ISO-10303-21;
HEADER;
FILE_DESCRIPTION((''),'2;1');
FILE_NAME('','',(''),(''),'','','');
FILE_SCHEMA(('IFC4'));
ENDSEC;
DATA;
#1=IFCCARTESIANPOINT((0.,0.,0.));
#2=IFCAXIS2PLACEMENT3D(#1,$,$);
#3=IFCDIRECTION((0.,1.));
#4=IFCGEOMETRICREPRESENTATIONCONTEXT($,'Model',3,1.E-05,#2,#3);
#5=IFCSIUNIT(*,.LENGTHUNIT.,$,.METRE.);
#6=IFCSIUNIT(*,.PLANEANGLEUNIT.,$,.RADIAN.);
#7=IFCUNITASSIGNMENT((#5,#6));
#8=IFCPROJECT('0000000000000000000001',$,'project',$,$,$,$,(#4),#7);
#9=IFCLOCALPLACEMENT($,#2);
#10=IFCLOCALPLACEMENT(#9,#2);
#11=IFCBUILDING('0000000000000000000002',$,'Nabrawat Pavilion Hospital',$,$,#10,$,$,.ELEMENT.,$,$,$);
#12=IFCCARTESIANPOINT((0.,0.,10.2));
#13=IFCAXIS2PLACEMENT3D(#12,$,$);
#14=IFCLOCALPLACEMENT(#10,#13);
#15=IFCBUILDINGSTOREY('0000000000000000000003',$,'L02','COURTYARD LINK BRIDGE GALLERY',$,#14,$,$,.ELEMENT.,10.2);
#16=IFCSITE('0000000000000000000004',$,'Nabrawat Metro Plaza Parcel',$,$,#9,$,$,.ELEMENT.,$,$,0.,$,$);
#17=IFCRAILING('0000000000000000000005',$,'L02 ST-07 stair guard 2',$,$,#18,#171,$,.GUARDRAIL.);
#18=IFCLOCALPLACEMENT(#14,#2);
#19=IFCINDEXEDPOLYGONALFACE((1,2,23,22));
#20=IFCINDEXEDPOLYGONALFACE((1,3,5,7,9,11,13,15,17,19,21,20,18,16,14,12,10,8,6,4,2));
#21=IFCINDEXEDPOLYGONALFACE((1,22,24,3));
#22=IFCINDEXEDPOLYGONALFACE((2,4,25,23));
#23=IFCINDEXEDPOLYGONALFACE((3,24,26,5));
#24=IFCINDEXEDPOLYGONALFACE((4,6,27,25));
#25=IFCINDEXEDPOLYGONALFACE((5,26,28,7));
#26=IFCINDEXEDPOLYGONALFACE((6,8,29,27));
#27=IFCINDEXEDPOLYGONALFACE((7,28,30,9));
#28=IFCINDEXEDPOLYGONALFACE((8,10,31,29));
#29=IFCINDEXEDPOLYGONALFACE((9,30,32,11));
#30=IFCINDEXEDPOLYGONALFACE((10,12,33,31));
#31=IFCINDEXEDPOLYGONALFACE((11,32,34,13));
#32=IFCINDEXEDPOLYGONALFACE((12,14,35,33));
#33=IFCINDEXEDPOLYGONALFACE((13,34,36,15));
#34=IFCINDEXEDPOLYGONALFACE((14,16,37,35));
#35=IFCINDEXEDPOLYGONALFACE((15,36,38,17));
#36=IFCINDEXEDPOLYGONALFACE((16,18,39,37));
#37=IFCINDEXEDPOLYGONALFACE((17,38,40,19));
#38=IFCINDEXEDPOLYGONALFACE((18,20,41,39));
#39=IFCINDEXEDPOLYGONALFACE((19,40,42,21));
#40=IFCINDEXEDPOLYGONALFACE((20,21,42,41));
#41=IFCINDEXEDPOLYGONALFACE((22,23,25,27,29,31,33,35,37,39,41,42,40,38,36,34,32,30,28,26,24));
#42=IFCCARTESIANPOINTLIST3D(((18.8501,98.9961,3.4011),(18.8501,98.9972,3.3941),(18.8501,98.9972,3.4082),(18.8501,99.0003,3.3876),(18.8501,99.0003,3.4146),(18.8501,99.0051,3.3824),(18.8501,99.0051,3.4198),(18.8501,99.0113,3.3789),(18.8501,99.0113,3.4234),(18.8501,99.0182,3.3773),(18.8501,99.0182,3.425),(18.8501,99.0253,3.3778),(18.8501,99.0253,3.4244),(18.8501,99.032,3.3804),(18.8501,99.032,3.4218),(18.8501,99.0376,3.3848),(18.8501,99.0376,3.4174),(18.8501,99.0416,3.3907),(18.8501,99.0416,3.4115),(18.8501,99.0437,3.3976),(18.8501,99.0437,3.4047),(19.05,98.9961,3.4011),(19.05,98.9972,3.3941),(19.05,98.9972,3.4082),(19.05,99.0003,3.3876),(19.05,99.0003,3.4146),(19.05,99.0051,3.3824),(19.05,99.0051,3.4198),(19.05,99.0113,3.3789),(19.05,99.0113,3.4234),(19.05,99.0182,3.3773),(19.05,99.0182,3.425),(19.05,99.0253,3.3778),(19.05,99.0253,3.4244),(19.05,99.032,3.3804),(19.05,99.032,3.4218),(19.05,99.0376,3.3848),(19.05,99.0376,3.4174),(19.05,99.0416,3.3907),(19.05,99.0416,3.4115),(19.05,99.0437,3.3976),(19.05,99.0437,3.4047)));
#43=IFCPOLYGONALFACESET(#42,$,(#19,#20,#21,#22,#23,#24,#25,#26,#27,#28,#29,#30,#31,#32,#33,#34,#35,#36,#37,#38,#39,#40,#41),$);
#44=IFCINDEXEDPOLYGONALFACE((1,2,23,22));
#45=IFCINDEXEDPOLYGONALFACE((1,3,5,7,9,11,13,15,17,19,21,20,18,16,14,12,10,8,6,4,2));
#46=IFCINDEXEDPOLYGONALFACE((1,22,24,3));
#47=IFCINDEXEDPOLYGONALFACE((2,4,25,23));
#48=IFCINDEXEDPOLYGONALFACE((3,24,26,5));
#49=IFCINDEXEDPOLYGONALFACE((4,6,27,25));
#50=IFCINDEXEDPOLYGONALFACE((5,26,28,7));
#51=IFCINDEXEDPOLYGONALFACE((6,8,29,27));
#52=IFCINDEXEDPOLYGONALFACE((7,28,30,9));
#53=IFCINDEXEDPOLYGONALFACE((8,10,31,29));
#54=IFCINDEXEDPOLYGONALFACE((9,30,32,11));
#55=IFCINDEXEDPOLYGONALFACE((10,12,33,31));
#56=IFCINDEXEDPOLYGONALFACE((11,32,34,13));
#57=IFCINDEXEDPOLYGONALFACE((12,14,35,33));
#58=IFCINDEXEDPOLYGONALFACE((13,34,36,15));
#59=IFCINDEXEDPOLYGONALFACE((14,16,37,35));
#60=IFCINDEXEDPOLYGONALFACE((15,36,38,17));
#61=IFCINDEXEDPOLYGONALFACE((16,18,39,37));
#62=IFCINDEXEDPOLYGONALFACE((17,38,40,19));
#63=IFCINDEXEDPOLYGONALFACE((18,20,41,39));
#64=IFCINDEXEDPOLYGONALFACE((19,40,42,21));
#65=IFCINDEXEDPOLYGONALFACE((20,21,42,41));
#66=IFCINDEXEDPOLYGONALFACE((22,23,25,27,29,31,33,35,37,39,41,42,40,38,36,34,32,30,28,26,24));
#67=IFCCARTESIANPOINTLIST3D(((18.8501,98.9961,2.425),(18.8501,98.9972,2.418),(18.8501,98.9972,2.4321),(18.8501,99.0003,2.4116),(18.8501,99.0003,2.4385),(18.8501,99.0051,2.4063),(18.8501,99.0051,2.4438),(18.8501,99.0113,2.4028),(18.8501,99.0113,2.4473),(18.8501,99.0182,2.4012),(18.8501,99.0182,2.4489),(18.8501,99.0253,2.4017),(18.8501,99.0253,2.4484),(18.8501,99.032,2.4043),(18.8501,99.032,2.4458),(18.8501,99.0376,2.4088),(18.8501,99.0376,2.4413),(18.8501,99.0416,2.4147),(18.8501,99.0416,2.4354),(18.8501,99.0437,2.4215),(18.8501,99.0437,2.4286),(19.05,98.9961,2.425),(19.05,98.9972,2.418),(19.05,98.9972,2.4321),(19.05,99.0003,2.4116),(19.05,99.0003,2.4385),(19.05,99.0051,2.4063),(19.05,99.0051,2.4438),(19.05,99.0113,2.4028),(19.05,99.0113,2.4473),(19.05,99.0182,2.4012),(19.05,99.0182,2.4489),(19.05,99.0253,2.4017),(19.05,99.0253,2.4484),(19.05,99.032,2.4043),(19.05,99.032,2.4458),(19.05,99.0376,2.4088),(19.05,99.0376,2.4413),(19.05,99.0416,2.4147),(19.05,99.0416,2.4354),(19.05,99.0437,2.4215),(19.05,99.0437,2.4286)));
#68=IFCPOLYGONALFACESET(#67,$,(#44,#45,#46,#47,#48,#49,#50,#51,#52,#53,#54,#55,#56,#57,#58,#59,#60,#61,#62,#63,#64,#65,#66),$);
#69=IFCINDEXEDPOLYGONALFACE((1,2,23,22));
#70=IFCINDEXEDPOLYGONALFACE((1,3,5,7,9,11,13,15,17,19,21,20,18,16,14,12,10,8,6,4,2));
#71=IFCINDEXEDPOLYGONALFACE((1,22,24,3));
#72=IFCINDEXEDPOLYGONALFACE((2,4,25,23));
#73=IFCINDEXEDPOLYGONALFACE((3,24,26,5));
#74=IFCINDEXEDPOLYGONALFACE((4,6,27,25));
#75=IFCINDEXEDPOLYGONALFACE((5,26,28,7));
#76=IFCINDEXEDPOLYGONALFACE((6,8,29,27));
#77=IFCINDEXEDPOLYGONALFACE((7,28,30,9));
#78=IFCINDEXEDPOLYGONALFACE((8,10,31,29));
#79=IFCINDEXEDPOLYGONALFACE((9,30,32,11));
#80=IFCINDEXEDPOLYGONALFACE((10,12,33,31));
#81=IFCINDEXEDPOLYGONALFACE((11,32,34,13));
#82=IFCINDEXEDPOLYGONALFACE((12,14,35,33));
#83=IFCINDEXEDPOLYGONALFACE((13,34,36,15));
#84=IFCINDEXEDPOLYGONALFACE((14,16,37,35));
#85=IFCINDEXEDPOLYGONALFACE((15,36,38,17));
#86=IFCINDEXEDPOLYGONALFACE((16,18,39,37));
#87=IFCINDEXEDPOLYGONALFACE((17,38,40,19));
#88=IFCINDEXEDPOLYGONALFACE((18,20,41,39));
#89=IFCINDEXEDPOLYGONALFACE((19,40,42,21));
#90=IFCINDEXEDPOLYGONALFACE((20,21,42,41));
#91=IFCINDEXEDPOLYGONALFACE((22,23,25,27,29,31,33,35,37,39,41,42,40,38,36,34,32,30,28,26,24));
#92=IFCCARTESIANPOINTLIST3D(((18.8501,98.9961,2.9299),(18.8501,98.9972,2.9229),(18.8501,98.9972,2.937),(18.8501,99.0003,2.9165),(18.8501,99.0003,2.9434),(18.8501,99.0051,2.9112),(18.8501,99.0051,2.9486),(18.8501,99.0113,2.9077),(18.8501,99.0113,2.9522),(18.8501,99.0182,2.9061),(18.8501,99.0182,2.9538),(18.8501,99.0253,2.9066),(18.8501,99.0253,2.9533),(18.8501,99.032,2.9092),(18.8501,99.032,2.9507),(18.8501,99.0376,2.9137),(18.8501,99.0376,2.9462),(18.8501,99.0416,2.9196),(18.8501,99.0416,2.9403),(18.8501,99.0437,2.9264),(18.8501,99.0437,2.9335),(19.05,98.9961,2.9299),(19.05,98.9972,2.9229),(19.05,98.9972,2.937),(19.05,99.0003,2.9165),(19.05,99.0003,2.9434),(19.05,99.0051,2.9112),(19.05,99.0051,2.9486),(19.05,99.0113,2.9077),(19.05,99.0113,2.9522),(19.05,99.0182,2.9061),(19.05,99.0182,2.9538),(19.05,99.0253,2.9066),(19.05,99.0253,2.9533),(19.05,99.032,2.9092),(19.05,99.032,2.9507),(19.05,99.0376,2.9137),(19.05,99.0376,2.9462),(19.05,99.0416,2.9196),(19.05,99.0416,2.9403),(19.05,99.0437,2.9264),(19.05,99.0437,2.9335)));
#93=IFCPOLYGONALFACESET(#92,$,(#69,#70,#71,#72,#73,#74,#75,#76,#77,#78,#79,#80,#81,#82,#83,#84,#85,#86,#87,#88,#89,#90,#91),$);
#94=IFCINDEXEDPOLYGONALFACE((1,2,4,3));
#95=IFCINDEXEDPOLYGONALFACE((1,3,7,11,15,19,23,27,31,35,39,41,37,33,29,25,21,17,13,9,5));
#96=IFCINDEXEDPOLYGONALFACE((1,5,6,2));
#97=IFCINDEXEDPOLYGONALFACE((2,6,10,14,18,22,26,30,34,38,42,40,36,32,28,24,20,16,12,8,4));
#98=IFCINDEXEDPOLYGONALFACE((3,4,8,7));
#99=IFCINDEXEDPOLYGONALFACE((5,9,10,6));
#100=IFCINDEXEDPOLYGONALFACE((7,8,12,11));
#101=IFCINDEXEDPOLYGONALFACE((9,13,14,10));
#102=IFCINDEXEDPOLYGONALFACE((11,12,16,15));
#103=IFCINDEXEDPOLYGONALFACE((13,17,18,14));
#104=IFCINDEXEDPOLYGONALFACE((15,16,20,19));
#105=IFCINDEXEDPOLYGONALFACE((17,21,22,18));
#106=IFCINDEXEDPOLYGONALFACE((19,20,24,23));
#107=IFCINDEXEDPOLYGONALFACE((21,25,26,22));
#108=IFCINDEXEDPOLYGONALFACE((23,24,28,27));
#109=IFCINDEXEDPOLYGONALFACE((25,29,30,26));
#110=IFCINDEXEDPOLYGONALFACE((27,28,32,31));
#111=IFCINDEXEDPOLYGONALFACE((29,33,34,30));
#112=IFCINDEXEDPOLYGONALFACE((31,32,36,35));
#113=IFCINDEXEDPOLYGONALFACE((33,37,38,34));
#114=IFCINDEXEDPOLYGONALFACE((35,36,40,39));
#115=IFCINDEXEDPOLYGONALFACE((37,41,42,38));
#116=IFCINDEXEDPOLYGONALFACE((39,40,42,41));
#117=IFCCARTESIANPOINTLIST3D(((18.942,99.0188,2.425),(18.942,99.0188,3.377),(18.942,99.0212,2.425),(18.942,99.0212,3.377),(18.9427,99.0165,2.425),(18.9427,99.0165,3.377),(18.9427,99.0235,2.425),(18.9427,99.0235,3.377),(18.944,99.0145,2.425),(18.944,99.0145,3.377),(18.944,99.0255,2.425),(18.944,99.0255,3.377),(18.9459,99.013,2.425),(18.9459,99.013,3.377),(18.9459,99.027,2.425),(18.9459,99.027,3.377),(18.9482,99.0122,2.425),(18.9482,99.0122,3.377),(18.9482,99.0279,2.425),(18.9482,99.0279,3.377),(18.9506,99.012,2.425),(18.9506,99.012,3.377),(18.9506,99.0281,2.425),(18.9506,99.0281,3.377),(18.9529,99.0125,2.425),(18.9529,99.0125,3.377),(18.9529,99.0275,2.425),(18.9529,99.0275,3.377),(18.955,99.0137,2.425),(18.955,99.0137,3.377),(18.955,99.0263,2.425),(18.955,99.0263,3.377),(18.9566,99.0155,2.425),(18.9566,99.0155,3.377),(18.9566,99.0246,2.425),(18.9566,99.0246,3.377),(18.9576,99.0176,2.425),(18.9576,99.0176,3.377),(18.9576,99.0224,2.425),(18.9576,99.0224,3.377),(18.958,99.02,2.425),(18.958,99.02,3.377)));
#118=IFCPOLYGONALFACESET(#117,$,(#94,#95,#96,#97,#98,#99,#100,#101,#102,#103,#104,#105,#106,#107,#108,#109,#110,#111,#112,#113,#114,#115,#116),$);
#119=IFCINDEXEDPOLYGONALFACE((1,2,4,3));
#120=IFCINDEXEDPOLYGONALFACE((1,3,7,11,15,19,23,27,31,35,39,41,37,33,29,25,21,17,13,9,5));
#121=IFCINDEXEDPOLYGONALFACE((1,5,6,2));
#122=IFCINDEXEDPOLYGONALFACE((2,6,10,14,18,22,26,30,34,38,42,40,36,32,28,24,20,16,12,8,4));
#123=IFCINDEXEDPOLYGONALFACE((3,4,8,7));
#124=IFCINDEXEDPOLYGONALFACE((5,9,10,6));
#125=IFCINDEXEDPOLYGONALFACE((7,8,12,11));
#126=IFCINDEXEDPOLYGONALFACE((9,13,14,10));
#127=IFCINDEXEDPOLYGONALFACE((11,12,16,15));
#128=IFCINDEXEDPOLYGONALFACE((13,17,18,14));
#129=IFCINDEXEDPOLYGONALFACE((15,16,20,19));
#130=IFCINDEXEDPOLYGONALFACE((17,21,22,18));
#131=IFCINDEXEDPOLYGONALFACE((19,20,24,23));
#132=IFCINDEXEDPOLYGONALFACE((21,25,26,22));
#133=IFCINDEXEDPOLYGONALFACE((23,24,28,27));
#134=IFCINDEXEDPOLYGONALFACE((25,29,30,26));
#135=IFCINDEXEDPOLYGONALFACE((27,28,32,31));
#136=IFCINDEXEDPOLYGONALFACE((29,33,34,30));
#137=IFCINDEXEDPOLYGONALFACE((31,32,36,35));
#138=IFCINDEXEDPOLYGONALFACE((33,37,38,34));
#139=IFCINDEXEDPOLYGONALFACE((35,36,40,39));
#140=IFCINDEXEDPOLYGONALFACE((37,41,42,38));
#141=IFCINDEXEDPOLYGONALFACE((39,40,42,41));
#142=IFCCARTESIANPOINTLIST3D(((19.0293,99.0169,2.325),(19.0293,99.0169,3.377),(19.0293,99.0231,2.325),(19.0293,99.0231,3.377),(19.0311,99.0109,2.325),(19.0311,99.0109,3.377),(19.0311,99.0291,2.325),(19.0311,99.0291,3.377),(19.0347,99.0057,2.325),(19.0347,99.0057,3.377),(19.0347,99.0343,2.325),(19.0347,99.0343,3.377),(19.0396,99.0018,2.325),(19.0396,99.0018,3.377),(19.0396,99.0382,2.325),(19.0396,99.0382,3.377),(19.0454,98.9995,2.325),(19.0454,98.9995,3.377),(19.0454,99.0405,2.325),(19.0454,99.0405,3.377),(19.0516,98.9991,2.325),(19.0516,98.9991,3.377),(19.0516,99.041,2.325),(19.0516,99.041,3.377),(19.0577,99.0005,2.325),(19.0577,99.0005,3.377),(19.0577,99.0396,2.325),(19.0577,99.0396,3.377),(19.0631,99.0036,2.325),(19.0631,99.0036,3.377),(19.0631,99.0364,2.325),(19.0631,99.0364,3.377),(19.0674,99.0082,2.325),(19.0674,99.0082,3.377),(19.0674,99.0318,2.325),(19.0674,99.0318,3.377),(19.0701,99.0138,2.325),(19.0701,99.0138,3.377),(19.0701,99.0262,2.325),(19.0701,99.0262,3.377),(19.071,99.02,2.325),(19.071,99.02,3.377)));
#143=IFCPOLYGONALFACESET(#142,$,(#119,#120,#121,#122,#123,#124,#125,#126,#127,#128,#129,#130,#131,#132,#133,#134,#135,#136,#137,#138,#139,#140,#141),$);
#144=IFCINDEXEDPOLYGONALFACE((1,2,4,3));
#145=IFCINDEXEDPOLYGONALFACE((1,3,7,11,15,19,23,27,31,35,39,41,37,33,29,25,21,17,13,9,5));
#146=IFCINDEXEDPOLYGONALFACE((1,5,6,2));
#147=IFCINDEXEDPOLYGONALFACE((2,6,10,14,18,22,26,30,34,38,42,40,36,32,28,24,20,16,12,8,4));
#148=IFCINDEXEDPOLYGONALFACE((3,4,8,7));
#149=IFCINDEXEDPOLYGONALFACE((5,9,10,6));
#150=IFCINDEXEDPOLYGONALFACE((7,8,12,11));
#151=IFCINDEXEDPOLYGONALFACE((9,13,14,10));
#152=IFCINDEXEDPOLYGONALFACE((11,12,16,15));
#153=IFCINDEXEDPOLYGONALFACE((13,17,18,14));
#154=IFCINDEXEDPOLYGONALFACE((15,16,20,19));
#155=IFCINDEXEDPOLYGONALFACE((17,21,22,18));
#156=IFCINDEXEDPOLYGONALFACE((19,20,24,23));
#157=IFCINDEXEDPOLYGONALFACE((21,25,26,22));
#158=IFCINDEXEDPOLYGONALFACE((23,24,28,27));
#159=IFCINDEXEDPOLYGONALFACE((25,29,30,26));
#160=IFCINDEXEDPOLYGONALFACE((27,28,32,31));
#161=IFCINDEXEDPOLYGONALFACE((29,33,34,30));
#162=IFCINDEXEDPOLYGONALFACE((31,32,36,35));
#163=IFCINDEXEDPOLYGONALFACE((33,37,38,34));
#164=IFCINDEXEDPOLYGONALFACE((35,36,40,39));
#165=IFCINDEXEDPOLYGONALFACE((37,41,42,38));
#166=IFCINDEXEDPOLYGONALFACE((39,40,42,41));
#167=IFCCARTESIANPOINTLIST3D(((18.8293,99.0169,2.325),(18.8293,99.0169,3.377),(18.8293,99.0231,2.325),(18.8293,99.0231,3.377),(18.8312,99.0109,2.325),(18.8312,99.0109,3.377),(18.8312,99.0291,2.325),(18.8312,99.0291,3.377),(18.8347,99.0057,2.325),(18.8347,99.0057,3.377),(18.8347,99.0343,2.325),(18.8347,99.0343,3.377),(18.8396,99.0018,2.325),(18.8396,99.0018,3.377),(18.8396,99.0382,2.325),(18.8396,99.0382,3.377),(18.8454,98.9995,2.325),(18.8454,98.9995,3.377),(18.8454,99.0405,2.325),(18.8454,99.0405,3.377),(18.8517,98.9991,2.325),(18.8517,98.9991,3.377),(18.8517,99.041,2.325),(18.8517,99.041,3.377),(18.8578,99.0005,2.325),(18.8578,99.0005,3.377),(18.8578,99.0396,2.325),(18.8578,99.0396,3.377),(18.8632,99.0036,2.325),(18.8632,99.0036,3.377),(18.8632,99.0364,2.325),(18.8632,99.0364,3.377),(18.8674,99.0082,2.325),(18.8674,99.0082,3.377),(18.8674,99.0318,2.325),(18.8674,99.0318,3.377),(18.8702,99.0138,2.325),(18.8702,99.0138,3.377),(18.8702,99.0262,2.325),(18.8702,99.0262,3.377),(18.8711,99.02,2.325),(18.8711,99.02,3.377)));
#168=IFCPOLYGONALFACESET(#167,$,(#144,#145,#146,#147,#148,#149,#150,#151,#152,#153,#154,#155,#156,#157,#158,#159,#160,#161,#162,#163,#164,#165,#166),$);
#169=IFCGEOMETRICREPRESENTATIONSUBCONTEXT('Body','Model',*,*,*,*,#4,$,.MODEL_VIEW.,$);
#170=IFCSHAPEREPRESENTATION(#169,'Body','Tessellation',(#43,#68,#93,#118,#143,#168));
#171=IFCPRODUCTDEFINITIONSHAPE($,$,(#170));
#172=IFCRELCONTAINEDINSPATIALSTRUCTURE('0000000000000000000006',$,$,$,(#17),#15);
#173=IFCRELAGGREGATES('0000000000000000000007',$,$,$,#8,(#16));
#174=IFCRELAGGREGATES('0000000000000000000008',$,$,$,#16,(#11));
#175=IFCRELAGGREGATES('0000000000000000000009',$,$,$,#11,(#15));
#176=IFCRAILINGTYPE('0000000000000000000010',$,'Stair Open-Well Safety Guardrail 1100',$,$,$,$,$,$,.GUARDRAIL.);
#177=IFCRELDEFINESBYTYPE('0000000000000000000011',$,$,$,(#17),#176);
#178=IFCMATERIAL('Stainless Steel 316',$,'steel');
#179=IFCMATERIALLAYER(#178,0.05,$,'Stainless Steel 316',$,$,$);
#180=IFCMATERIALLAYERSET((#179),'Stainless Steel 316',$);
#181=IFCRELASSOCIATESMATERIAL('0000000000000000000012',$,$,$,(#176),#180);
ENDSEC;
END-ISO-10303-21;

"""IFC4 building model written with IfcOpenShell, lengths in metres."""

from ifc_helpers import new_model, si_unit, direction, frame, origin, origin_2d, place, context, subcontext, project, spatial, circle, extrude, material, layer, layer_set, type_object, element, save


model = new_model("IFC4")

# Units and contexts
model_context = context("Model", 3, precision=1e-05, world=origin(), true_north=direction((0.0, 1.0)))
body_context = subcontext(model_context, "Body", "Model", "MODEL_VIEW")
ifc_project = project(units=[si_unit("LENGTHUNIT", "METRE"), si_unit("PLANEANGLEUNIT", "RADIAN")], contexts=[model_context])

# Site, building, storey
site_placement = place(None, origin())
site = spatial("IfcSite", under=ifc_project, at=site_placement, Name="Nabrawat Metro Plaza Parcel", CompositionType="ELEMENT", RefElevation=0.0)
building_placement = place(site_placement, origin())
building = spatial("IfcBuilding", under=site, at=building_placement, Name="Nabrawat Pavilion Hospital", CompositionType="ELEMENT")
storey_placement = place(building_placement, frame((0.0, 0.0, 10.2)))
storey = spatial("IfcBuildingStorey", under=building, at=storey_placement, Name="L02", Description="COURTYARD LINK BRIDGE GALLERY", CompositionType="ELEMENT", Elevation=10.2)

# Shared definitions
ifc_material_1 = material(Name="Stainless Steel 316", Category="steel")

# Railing
ifc_layer_1 = layer(ifc_material_1, 0.05, Name="Stainless Steel 316")
ifc_layer_set_1 = layer_set([ifc_layer_1], Name="Stainless Steel 316")
railing_type_1 = type_object("IfcRailingType", Name="Stair Open-Well Safety Guardrail 1100", PredefinedType="GUARDRAIL", material=ifc_layer_set_1)
railing_1_placement = place(storey_placement, frame((19.05, 99.02, 2.325)))
element("IfcRailing", 1, at=railing_1_placement, inside=storey, type_object=railing_type_1, Name="L02 ST-07 stair guard 2", PredefinedType="GUARDRAIL", context=body_context, shape_type="SweptSolid", body=[
    extrude(circle(Radius=0.0239, at=origin_2d()), frame((0.0, 0.0, 1.0762), z_axis=(-1.0, 0.0, 0.0), x_axis=(0.0, -1.0, 0.0)), (0.0, 0.0, 1.0), 0.2),
    extrude(circle(Radius=0.0239, at=origin_2d()), frame((0.0, 0.0, 0.1001), z_axis=(-1.0, 0.0, 0.0), x_axis=(0.0, -1.0, 0.0)), (0.0, 0.0, 1.0), 0.2),
    extrude(circle(Radius=0.0239, at=origin_2d()), frame((0.0, 0.0, 0.605), z_axis=(-1.0, 0.0, 0.0), x_axis=(0.0, -1.0, 0.0)), (0.0, 0.0, 1.0), 0.2),
    extrude(circle(Radius=0.0081, at=origin_2d()), frame((-0.1001, 0.0, 0.1001)), (0.0, 0.0, 1.0), 0.9519),
    extrude(circle(Radius=0.021, at=origin_2d()), origin(), (0.0, 0.0, 1.0), 1.052),
    extrude(circle(Radius=0.021, at=origin_2d()), frame((-0.2, 0.0, 0.0)), (0.0, 0.0, 1.0), 1.052),
])

save(model, "model.ifc")
